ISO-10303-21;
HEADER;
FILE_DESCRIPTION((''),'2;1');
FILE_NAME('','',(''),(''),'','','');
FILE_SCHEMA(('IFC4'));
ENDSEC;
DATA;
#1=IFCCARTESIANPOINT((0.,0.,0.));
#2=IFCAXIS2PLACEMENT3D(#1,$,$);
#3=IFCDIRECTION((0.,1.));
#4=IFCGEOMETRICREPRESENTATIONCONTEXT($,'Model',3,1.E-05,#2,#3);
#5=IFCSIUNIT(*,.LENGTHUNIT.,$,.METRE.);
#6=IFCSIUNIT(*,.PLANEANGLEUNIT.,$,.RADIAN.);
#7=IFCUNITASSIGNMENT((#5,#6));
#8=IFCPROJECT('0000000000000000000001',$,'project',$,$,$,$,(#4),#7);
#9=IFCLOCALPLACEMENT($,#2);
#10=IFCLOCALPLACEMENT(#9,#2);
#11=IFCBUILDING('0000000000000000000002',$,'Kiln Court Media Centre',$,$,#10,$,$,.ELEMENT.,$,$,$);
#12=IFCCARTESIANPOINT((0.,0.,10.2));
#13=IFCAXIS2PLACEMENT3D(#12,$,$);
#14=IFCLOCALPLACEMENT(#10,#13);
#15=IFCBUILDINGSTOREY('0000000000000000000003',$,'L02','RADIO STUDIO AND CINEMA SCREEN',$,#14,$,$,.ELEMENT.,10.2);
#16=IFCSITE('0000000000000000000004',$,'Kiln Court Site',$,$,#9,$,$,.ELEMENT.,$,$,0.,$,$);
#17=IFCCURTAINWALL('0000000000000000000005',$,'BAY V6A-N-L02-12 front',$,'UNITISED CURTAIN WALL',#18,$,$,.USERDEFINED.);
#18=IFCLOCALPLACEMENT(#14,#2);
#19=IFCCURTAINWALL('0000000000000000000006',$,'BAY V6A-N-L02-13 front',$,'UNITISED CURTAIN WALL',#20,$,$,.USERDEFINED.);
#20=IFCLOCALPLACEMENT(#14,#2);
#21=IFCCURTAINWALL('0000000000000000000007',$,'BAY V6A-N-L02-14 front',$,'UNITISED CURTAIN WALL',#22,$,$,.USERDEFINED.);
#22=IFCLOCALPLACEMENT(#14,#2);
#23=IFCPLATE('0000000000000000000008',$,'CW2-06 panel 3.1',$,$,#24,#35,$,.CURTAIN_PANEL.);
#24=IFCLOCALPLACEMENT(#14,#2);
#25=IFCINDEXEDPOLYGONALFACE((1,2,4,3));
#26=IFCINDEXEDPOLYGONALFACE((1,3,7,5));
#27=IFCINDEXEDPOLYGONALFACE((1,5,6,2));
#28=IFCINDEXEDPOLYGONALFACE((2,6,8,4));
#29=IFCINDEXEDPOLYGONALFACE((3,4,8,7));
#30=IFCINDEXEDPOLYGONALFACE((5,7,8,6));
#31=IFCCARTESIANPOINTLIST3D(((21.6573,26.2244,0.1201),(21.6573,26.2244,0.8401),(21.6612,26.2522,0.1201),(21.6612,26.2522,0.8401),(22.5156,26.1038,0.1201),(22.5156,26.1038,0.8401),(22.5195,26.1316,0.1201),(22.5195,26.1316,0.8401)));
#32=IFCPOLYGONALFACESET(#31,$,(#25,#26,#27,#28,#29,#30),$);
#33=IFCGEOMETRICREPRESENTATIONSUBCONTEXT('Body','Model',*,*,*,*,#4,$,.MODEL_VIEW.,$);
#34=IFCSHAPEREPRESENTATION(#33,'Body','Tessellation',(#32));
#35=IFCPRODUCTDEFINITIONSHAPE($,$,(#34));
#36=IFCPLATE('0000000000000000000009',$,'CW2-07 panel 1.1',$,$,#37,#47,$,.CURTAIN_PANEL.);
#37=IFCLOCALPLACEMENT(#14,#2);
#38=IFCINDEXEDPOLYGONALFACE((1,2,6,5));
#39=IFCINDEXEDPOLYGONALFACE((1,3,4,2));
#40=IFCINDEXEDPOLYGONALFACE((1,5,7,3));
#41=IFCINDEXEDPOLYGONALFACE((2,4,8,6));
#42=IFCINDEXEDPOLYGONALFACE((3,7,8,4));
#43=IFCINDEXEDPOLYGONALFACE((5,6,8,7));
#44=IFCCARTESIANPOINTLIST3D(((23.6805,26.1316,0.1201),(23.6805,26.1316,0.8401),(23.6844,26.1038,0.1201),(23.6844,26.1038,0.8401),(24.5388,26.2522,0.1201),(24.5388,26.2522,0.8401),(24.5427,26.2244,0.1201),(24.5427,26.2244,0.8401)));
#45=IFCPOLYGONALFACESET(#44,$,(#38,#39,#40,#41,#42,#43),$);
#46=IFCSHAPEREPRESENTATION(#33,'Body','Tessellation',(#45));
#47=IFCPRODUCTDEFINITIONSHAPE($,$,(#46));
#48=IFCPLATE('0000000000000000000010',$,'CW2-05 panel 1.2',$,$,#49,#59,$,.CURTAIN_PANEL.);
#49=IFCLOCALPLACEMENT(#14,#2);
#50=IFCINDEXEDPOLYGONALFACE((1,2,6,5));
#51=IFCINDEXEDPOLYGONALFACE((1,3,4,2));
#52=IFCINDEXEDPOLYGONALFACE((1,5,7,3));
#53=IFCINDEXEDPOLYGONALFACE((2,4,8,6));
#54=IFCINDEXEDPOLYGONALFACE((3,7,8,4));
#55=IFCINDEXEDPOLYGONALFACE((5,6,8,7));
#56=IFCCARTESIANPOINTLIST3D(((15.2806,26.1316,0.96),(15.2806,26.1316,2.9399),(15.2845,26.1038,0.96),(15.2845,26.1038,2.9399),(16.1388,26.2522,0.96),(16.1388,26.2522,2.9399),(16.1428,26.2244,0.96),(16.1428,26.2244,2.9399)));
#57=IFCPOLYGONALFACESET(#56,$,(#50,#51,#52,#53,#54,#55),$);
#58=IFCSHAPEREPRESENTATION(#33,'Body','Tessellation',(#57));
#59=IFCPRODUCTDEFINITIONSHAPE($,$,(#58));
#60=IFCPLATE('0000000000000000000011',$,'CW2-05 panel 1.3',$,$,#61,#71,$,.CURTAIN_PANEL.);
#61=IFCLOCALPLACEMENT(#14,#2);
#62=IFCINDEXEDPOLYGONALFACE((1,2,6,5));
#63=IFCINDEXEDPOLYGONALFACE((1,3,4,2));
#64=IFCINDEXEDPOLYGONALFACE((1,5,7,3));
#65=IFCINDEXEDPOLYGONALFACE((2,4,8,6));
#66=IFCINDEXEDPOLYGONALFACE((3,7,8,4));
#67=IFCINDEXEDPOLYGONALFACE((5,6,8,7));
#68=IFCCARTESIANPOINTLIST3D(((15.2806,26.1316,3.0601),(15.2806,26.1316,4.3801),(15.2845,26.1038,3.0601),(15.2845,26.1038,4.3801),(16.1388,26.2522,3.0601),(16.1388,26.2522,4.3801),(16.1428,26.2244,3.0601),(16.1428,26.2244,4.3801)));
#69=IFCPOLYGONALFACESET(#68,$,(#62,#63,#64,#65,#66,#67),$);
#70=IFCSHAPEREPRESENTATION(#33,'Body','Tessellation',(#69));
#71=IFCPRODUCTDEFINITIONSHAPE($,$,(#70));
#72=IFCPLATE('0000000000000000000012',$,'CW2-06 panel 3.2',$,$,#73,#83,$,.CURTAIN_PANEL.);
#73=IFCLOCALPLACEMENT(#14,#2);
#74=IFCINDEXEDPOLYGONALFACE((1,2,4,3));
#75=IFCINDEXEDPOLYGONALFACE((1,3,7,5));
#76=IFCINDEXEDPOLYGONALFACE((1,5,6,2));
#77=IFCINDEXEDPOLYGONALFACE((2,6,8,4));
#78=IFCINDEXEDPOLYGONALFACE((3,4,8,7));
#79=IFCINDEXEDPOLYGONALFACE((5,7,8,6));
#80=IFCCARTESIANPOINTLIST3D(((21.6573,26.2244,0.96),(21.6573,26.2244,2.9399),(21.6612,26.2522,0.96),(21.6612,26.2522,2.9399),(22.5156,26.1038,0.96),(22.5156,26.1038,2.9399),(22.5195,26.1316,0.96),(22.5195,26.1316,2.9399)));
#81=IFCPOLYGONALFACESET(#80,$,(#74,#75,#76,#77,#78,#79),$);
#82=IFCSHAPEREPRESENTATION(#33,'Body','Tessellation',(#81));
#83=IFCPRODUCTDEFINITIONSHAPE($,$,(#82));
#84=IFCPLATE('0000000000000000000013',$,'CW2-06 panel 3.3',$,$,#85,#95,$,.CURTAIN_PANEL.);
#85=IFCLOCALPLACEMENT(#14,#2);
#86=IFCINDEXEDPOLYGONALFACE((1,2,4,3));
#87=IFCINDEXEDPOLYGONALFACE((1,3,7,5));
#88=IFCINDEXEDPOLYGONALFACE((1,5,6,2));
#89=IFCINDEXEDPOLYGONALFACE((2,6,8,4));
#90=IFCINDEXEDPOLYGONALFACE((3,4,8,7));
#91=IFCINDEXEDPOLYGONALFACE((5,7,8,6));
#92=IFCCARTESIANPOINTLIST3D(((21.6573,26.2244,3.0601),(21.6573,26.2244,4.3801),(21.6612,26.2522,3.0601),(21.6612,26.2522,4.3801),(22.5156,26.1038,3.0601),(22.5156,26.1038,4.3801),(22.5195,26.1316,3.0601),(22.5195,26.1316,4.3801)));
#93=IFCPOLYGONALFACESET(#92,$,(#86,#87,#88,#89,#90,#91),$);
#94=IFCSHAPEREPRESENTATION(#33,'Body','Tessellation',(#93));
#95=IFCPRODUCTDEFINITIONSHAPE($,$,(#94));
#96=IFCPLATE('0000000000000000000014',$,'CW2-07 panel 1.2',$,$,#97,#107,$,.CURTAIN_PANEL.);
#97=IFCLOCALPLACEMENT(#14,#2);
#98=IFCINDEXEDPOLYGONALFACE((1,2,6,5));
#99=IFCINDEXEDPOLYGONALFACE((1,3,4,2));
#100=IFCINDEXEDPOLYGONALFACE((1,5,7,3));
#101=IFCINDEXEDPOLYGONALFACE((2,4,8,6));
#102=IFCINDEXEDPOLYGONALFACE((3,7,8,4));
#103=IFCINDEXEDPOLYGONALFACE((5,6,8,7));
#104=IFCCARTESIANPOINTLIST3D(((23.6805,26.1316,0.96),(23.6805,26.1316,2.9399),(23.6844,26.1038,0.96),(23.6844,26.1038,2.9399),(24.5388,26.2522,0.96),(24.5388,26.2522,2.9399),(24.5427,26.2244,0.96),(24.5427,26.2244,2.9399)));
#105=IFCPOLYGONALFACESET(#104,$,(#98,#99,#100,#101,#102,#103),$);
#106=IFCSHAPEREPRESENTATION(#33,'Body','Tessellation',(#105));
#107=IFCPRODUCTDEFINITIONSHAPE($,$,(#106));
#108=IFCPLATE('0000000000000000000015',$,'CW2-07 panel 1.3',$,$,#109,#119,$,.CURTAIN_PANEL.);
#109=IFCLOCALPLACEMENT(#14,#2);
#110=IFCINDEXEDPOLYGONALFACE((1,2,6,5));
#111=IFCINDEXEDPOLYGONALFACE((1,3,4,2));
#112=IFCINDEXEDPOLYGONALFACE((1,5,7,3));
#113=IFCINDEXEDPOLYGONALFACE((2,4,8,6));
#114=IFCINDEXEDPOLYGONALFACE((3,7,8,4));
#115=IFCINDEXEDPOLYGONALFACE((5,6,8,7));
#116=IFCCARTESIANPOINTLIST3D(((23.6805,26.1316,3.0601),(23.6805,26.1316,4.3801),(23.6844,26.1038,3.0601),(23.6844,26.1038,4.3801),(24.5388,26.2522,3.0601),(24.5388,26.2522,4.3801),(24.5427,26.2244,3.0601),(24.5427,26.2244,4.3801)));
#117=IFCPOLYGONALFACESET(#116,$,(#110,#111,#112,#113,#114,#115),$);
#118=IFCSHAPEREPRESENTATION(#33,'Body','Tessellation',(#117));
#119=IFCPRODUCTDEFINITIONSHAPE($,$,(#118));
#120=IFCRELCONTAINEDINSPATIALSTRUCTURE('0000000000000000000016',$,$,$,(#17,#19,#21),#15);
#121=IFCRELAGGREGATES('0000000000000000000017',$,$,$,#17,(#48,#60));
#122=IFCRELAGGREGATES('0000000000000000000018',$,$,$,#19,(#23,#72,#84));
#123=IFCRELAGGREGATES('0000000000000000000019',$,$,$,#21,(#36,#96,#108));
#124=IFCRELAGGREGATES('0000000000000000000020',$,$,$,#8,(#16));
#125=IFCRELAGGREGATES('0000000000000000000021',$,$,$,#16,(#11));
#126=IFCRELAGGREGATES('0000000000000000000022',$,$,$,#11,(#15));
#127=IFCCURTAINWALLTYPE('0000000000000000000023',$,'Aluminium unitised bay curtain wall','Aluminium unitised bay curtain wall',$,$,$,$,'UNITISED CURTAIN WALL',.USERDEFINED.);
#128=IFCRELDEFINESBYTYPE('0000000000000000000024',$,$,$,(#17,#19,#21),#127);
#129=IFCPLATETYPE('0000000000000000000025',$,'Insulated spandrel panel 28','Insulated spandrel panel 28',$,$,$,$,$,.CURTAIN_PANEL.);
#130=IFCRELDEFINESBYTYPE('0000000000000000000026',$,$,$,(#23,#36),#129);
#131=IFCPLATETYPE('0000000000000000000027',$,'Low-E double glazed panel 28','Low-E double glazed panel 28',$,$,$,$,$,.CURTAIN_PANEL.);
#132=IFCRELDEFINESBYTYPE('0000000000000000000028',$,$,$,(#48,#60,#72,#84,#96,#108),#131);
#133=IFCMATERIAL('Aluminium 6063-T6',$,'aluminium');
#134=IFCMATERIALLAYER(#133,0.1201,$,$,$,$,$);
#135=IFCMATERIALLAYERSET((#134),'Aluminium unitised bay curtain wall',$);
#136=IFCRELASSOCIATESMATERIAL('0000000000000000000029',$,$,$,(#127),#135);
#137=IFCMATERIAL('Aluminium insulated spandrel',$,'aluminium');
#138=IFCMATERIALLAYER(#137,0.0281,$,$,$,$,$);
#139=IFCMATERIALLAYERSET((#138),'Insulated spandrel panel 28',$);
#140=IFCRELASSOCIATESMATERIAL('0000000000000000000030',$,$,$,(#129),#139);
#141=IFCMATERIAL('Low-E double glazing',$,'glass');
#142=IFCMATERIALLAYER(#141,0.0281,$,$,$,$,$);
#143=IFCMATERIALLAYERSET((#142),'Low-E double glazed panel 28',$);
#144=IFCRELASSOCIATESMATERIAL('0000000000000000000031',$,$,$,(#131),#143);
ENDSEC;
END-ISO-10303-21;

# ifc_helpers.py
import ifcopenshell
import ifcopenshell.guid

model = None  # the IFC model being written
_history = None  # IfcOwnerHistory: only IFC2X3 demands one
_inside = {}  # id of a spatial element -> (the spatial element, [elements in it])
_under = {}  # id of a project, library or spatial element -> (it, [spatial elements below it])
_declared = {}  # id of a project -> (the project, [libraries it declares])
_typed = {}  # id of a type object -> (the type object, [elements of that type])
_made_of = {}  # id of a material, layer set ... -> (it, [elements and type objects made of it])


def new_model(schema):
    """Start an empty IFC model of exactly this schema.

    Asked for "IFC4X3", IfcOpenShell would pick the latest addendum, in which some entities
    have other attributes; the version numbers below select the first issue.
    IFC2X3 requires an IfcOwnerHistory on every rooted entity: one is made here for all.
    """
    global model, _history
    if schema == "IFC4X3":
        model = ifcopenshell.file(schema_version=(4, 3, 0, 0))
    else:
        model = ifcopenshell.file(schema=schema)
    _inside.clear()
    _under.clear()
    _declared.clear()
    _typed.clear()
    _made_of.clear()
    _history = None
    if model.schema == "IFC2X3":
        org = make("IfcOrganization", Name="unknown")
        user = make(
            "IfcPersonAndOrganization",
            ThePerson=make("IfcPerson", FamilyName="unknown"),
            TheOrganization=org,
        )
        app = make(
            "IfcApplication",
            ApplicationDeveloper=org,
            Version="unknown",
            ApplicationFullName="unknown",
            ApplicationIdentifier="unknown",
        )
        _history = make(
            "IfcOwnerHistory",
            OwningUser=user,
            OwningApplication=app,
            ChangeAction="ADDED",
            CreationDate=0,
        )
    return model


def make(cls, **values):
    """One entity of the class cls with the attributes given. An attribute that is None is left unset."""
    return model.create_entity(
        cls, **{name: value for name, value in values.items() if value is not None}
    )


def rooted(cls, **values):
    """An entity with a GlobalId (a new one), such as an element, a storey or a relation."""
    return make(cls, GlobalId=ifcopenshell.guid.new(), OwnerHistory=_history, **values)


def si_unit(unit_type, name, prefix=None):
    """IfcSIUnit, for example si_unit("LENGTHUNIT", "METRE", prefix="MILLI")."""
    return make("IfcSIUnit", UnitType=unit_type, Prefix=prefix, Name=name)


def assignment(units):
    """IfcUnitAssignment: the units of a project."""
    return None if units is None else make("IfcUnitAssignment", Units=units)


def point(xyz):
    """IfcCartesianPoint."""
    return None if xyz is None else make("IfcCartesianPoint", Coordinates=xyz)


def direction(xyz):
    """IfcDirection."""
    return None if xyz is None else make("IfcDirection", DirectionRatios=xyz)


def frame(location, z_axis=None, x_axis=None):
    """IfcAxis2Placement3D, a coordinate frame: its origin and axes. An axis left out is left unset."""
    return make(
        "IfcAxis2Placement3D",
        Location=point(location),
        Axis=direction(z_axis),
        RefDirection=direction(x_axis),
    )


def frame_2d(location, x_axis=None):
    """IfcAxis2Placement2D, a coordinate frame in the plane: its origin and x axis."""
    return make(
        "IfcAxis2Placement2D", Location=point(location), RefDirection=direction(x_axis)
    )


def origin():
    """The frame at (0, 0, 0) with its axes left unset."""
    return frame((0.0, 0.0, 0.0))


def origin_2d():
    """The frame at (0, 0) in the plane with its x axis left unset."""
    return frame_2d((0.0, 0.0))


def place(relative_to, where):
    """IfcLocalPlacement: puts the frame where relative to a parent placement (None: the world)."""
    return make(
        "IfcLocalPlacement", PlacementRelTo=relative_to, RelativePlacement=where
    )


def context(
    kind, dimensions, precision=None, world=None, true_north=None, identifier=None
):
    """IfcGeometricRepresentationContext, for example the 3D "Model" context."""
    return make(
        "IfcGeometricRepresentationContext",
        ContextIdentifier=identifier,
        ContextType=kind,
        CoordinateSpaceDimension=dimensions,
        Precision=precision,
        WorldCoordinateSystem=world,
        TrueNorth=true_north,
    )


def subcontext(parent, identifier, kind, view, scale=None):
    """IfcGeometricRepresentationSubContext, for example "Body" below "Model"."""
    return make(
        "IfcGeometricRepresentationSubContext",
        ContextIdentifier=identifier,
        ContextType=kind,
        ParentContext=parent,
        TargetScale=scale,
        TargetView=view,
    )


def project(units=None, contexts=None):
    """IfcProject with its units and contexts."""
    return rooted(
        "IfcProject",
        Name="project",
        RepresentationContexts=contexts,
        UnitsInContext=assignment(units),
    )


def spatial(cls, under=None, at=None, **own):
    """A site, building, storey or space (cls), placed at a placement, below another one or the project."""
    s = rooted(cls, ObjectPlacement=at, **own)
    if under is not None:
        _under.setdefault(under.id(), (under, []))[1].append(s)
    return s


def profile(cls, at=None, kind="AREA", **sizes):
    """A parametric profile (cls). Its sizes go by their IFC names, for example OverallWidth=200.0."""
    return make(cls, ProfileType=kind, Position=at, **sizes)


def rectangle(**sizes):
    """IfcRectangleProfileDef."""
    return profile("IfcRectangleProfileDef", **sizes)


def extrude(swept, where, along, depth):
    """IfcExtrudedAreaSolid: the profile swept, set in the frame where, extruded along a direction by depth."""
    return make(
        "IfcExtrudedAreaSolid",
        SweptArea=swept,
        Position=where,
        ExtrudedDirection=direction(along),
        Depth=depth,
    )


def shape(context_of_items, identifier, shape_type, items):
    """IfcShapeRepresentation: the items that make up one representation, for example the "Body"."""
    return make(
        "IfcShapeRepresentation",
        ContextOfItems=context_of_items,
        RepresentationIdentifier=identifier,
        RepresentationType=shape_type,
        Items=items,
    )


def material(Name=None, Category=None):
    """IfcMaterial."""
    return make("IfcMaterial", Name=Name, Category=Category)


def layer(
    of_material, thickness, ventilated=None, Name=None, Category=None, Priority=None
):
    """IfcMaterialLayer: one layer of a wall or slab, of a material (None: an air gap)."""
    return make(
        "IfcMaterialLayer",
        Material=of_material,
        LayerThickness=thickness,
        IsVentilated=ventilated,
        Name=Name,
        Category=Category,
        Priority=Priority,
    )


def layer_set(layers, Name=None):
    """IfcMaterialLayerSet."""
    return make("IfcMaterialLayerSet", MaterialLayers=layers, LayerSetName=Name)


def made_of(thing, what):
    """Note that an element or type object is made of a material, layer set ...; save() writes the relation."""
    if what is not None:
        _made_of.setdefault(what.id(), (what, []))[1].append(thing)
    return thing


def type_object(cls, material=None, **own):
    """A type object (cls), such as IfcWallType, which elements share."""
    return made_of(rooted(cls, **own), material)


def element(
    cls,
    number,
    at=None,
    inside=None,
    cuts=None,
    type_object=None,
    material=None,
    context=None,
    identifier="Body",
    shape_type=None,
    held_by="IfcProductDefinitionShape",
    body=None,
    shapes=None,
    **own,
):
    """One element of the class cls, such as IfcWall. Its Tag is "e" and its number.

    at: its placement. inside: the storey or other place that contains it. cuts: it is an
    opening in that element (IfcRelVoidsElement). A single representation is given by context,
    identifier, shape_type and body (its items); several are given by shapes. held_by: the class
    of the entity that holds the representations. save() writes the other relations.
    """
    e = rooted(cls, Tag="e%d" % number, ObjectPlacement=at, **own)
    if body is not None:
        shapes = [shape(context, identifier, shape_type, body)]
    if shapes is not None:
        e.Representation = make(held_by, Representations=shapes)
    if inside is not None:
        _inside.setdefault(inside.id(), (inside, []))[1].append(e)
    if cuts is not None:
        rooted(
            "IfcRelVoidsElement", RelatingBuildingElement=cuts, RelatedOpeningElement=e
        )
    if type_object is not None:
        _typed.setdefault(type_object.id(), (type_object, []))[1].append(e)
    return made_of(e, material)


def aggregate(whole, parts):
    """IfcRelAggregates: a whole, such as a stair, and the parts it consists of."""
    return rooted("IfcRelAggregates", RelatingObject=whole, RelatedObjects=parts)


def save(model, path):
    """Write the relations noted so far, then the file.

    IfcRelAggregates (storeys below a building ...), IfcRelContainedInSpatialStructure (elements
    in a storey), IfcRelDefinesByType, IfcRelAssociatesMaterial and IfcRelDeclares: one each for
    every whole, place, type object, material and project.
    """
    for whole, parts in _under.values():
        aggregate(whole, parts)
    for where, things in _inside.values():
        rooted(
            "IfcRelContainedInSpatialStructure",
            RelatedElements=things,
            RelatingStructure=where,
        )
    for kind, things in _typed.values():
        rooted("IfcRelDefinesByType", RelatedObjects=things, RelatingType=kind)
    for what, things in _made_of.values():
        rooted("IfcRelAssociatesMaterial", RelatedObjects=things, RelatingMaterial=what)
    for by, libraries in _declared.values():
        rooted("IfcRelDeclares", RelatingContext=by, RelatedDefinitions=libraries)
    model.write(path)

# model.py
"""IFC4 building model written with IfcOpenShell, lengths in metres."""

from ifc_helpers import new_model, si_unit, direction, frame, origin, origin_2d, place, context, subcontext, project, spatial, rectangle, extrude, material, layer, layer_set, type_object, element, aggregate, save


model = new_model("IFC4")

# Units and contexts
model_context = context("Model", 3, precision=1e-05, world=origin(), true_north=direction((0.0, 1.0)))
body_context = subcontext(model_context, "Body", "Model", "MODEL_VIEW")
ifc_project = project(units=[si_unit("LENGTHUNIT", "METRE"), si_unit("PLANEANGLEUNIT", "RADIAN")], contexts=[model_context])

# Site, building, storey
site_placement = place(None, origin())
site = spatial("IfcSite", under=ifc_project, at=site_placement, Name="Kiln Court Site", CompositionType="ELEMENT", RefElevation=0.0)
building_placement = place(site_placement, origin())
building = spatial("IfcBuilding", under=site, at=building_placement, Name="Kiln Court Media Centre", CompositionType="ELEMENT")
storey_placement = place(building_placement, frame((0.0, 0.0, 10.2)))
storey = spatial("IfcBuildingStorey", under=building, at=storey_placement, Name="L02", Description="RADIO STUDIO AND CINEMA SCREEN", CompositionType="ELEMENT", Elevation=10.2)

# Shared definitions
ifc_material_1 = material(Name="Aluminium 6063-T6", Category="aluminium")
ifc_layer_1 = layer(ifc_material_1, 0.1201)
ifc_layer_set_1 = layer_set([ifc_layer_1], Name="Aluminium unitised bay curtain wall")
curtain_wall_type = type_object("IfcCurtainWallType", Name="Aluminium unitised bay curtain wall", Description="Aluminium unitised bay curtain wall", ElementType="UNITISED CURTAIN WALL", PredefinedType="USERDEFINED", material=ifc_layer_set_1)

# Curtain walls
curtain_wall_1_placement = place(storey_placement, origin())
curtain_wall_1 = element("IfcCurtainWall", 1, at=curtain_wall_1_placement, inside=storey, type_object=curtain_wall_type, Name="BAY V6A-N-L02-12 front", ObjectType="UNITISED CURTAIN WALL", PredefinedType="USERDEFINED")
curtain_wall_2_placement = place(storey_placement, origin())
curtain_wall_2 = element("IfcCurtainWall", 2, at=curtain_wall_2_placement, inside=storey, type_object=curtain_wall_type, Name="BAY V6A-N-L02-13 front", ObjectType="UNITISED CURTAIN WALL", PredefinedType="USERDEFINED")
curtain_wall_3_placement = place(storey_placement, origin())
curtain_wall_3 = element("IfcCurtainWall", 3, at=curtain_wall_3_placement, inside=storey, type_object=curtain_wall_type, Name="BAY V6A-N-L02-14 front", ObjectType="UNITISED CURTAIN WALL", PredefinedType="USERDEFINED")

# Plates
ifc_material_2 = material(Name="Aluminium insulated spandrel", Category="aluminium")
ifc_layer_2 = layer(ifc_material_2, 0.0281)
ifc_layer_set_2 = layer_set([ifc_layer_2], Name="Insulated spandrel panel 28")
plate_type_1 = type_object("IfcPlateType", Name="Insulated spandrel panel 28", Description="Insulated spandrel panel 28", PredefinedType="CURTAIN_PANEL", material=ifc_layer_set_2)
plate_1_placement = place(storey_placement, frame((22.0884, 26.178, 0.1201), z_axis=(0.0, 0.0, 1.0), x_axis=(0.99027, -0.139162, 0.0)))
plate_1 = element("IfcPlate", 4, at=plate_1_placement, type_object=plate_type_1, Name="CW2-06 panel 3.1", PredefinedType="CURTAIN_PANEL", context=body_context, shape_type="SweptSolid", body=[
    extrude(rectangle(XDim=0.8667, YDim=0.0281, at=origin_2d()), origin(), (0.0, 0.0, 1.0), 0.72),
])
plate_2_placement = place(storey_placement, frame((24.1116, 26.178, 0.1201), z_axis=(0.0, 0.0, 1.0), x_axis=(0.99027, 0.139162, 0.0)))
plate_2 = element("IfcPlate", 5, at=plate_2_placement, type_object=plate_type_1, Name="CW2-07 panel 1.1", PredefinedType="CURTAIN_PANEL", context=body_context, shape_type="SweptSolid", body=[
    extrude(rectangle(XDim=0.8667, YDim=0.0281, at=origin_2d()), origin(), (0.0, 0.0, 1.0), 0.72),
])
ifc_material_3 = material(Name="Low-E double glazing", Category="glass")
ifc_layer_3 = layer(ifc_material_3, 0.0281)
ifc_layer_set_3 = layer_set([ifc_layer_3], Name="Low-E double glazed panel 28")
plate_type_2 = type_object("IfcPlateType", Name="Low-E double glazed panel 28", Description="Low-E double glazed panel 28", PredefinedType="CURTAIN_PANEL", material=ifc_layer_set_3)
plate_3_placement = place(storey_placement, frame((15.7117, 26.178, 0.96), z_axis=(0.0, 0.0, 1.0), x_axis=(0.99027, 0.139162, 0.0)))
plate_3 = element("IfcPlate", 6, at=plate_3_placement, type_object=plate_type_2, Name="CW2-05 panel 1.2", PredefinedType="CURTAIN_PANEL", context=body_context, shape_type="SweptSolid", body=[
    extrude(rectangle(XDim=0.8667, YDim=0.0281, at=origin_2d()), origin(), (0.0, 0.0, 1.0), 1.98),
])
plate_4_placement = place(storey_placement, frame((15.7117, 26.178, 3.0601), z_axis=(0.0, 0.0, 1.0), x_axis=(0.99027, 0.139162, 0.0)))
plate_4 = element("IfcPlate", 7, at=plate_4_placement, type_object=plate_type_2, Name="CW2-05 panel 1.3", PredefinedType="CURTAIN_PANEL", context=body_context, shape_type="SweptSolid", body=[
    extrude(rectangle(XDim=0.8667, YDim=0.0281, at=origin_2d()), origin(), (0.0, 0.0, 1.0), 1.3201),
])
aggregate(curtain_wall_1, [plate_3, plate_4])
plate_5_placement = place(storey_placement, frame((22.0884, 26.178, 0.96), z_axis=(0.0, 0.0, 1.0), x_axis=(0.99027, -0.139162, 0.0)))
plate_5 = element("IfcPlate", 8, at=plate_5_placement, type_object=plate_type_2, Name="CW2-06 panel 3.2", PredefinedType="CURTAIN_PANEL", context=body_context, shape_type="SweptSolid", body=[
    extrude(rectangle(XDim=0.8667, YDim=0.0281, at=origin_2d()), origin(), (0.0, 0.0, 1.0), 1.98),
])
plate_6_placement = place(storey_placement, frame((22.0884, 26.178, 3.0601), z_axis=(0.0, 0.0, 1.0), x_axis=(0.99027, -0.139162, 0.0)))
plate_6 = element("IfcPlate", 9, at=plate_6_placement, type_object=plate_type_2, Name="CW2-06 panel 3.3", PredefinedType="CURTAIN_PANEL", context=body_context, shape_type="SweptSolid", body=[
    extrude(rectangle(XDim=0.8667, YDim=0.0281, at=origin_2d()), origin(), (0.0, 0.0, 1.0), 1.3201),
])
aggregate(curtain_wall_2, [plate_1, plate_5, plate_6])
plate_7_placement = place(storey_placement, frame((24.1116, 26.178, 0.96), z_axis=(0.0, 0.0, 1.0), x_axis=(0.99027, 0.139162, 0.0)))
plate_7 = element("IfcPlate", 10, at=plate_7_placement, type_object=plate_type_2, Name="CW2-07 panel 1.2", PredefinedType="CURTAIN_PANEL", context=body_context, shape_type="SweptSolid", body=[
    extrude(rectangle(XDim=0.8667, YDim=0.0281, at=origin_2d()), origin(), (0.0, 0.0, 1.0), 1.98),
])
plate_8_placement = place(storey_placement, frame((24.1116, 26.178, 3.0601), z_axis=(0.0, 0.0, 1.0), x_axis=(0.99027, 0.139162, 0.0)))
plate_8 = element("IfcPlate", 11, at=plate_8_placement, type_object=plate_type_2, Name="CW2-07 panel 1.3", PredefinedType="CURTAIN_PANEL", context=body_context, shape_type="SweptSolid", body=[
    extrude(rectangle(XDim=0.8667, YDim=0.0281, at=origin_2d()), origin(), (0.0, 0.0, 1.0), 1.3201),
])
aggregate(curtain_wall_3, [plate_2, plate_7, plate_8])

save(model, "model.ifc")
